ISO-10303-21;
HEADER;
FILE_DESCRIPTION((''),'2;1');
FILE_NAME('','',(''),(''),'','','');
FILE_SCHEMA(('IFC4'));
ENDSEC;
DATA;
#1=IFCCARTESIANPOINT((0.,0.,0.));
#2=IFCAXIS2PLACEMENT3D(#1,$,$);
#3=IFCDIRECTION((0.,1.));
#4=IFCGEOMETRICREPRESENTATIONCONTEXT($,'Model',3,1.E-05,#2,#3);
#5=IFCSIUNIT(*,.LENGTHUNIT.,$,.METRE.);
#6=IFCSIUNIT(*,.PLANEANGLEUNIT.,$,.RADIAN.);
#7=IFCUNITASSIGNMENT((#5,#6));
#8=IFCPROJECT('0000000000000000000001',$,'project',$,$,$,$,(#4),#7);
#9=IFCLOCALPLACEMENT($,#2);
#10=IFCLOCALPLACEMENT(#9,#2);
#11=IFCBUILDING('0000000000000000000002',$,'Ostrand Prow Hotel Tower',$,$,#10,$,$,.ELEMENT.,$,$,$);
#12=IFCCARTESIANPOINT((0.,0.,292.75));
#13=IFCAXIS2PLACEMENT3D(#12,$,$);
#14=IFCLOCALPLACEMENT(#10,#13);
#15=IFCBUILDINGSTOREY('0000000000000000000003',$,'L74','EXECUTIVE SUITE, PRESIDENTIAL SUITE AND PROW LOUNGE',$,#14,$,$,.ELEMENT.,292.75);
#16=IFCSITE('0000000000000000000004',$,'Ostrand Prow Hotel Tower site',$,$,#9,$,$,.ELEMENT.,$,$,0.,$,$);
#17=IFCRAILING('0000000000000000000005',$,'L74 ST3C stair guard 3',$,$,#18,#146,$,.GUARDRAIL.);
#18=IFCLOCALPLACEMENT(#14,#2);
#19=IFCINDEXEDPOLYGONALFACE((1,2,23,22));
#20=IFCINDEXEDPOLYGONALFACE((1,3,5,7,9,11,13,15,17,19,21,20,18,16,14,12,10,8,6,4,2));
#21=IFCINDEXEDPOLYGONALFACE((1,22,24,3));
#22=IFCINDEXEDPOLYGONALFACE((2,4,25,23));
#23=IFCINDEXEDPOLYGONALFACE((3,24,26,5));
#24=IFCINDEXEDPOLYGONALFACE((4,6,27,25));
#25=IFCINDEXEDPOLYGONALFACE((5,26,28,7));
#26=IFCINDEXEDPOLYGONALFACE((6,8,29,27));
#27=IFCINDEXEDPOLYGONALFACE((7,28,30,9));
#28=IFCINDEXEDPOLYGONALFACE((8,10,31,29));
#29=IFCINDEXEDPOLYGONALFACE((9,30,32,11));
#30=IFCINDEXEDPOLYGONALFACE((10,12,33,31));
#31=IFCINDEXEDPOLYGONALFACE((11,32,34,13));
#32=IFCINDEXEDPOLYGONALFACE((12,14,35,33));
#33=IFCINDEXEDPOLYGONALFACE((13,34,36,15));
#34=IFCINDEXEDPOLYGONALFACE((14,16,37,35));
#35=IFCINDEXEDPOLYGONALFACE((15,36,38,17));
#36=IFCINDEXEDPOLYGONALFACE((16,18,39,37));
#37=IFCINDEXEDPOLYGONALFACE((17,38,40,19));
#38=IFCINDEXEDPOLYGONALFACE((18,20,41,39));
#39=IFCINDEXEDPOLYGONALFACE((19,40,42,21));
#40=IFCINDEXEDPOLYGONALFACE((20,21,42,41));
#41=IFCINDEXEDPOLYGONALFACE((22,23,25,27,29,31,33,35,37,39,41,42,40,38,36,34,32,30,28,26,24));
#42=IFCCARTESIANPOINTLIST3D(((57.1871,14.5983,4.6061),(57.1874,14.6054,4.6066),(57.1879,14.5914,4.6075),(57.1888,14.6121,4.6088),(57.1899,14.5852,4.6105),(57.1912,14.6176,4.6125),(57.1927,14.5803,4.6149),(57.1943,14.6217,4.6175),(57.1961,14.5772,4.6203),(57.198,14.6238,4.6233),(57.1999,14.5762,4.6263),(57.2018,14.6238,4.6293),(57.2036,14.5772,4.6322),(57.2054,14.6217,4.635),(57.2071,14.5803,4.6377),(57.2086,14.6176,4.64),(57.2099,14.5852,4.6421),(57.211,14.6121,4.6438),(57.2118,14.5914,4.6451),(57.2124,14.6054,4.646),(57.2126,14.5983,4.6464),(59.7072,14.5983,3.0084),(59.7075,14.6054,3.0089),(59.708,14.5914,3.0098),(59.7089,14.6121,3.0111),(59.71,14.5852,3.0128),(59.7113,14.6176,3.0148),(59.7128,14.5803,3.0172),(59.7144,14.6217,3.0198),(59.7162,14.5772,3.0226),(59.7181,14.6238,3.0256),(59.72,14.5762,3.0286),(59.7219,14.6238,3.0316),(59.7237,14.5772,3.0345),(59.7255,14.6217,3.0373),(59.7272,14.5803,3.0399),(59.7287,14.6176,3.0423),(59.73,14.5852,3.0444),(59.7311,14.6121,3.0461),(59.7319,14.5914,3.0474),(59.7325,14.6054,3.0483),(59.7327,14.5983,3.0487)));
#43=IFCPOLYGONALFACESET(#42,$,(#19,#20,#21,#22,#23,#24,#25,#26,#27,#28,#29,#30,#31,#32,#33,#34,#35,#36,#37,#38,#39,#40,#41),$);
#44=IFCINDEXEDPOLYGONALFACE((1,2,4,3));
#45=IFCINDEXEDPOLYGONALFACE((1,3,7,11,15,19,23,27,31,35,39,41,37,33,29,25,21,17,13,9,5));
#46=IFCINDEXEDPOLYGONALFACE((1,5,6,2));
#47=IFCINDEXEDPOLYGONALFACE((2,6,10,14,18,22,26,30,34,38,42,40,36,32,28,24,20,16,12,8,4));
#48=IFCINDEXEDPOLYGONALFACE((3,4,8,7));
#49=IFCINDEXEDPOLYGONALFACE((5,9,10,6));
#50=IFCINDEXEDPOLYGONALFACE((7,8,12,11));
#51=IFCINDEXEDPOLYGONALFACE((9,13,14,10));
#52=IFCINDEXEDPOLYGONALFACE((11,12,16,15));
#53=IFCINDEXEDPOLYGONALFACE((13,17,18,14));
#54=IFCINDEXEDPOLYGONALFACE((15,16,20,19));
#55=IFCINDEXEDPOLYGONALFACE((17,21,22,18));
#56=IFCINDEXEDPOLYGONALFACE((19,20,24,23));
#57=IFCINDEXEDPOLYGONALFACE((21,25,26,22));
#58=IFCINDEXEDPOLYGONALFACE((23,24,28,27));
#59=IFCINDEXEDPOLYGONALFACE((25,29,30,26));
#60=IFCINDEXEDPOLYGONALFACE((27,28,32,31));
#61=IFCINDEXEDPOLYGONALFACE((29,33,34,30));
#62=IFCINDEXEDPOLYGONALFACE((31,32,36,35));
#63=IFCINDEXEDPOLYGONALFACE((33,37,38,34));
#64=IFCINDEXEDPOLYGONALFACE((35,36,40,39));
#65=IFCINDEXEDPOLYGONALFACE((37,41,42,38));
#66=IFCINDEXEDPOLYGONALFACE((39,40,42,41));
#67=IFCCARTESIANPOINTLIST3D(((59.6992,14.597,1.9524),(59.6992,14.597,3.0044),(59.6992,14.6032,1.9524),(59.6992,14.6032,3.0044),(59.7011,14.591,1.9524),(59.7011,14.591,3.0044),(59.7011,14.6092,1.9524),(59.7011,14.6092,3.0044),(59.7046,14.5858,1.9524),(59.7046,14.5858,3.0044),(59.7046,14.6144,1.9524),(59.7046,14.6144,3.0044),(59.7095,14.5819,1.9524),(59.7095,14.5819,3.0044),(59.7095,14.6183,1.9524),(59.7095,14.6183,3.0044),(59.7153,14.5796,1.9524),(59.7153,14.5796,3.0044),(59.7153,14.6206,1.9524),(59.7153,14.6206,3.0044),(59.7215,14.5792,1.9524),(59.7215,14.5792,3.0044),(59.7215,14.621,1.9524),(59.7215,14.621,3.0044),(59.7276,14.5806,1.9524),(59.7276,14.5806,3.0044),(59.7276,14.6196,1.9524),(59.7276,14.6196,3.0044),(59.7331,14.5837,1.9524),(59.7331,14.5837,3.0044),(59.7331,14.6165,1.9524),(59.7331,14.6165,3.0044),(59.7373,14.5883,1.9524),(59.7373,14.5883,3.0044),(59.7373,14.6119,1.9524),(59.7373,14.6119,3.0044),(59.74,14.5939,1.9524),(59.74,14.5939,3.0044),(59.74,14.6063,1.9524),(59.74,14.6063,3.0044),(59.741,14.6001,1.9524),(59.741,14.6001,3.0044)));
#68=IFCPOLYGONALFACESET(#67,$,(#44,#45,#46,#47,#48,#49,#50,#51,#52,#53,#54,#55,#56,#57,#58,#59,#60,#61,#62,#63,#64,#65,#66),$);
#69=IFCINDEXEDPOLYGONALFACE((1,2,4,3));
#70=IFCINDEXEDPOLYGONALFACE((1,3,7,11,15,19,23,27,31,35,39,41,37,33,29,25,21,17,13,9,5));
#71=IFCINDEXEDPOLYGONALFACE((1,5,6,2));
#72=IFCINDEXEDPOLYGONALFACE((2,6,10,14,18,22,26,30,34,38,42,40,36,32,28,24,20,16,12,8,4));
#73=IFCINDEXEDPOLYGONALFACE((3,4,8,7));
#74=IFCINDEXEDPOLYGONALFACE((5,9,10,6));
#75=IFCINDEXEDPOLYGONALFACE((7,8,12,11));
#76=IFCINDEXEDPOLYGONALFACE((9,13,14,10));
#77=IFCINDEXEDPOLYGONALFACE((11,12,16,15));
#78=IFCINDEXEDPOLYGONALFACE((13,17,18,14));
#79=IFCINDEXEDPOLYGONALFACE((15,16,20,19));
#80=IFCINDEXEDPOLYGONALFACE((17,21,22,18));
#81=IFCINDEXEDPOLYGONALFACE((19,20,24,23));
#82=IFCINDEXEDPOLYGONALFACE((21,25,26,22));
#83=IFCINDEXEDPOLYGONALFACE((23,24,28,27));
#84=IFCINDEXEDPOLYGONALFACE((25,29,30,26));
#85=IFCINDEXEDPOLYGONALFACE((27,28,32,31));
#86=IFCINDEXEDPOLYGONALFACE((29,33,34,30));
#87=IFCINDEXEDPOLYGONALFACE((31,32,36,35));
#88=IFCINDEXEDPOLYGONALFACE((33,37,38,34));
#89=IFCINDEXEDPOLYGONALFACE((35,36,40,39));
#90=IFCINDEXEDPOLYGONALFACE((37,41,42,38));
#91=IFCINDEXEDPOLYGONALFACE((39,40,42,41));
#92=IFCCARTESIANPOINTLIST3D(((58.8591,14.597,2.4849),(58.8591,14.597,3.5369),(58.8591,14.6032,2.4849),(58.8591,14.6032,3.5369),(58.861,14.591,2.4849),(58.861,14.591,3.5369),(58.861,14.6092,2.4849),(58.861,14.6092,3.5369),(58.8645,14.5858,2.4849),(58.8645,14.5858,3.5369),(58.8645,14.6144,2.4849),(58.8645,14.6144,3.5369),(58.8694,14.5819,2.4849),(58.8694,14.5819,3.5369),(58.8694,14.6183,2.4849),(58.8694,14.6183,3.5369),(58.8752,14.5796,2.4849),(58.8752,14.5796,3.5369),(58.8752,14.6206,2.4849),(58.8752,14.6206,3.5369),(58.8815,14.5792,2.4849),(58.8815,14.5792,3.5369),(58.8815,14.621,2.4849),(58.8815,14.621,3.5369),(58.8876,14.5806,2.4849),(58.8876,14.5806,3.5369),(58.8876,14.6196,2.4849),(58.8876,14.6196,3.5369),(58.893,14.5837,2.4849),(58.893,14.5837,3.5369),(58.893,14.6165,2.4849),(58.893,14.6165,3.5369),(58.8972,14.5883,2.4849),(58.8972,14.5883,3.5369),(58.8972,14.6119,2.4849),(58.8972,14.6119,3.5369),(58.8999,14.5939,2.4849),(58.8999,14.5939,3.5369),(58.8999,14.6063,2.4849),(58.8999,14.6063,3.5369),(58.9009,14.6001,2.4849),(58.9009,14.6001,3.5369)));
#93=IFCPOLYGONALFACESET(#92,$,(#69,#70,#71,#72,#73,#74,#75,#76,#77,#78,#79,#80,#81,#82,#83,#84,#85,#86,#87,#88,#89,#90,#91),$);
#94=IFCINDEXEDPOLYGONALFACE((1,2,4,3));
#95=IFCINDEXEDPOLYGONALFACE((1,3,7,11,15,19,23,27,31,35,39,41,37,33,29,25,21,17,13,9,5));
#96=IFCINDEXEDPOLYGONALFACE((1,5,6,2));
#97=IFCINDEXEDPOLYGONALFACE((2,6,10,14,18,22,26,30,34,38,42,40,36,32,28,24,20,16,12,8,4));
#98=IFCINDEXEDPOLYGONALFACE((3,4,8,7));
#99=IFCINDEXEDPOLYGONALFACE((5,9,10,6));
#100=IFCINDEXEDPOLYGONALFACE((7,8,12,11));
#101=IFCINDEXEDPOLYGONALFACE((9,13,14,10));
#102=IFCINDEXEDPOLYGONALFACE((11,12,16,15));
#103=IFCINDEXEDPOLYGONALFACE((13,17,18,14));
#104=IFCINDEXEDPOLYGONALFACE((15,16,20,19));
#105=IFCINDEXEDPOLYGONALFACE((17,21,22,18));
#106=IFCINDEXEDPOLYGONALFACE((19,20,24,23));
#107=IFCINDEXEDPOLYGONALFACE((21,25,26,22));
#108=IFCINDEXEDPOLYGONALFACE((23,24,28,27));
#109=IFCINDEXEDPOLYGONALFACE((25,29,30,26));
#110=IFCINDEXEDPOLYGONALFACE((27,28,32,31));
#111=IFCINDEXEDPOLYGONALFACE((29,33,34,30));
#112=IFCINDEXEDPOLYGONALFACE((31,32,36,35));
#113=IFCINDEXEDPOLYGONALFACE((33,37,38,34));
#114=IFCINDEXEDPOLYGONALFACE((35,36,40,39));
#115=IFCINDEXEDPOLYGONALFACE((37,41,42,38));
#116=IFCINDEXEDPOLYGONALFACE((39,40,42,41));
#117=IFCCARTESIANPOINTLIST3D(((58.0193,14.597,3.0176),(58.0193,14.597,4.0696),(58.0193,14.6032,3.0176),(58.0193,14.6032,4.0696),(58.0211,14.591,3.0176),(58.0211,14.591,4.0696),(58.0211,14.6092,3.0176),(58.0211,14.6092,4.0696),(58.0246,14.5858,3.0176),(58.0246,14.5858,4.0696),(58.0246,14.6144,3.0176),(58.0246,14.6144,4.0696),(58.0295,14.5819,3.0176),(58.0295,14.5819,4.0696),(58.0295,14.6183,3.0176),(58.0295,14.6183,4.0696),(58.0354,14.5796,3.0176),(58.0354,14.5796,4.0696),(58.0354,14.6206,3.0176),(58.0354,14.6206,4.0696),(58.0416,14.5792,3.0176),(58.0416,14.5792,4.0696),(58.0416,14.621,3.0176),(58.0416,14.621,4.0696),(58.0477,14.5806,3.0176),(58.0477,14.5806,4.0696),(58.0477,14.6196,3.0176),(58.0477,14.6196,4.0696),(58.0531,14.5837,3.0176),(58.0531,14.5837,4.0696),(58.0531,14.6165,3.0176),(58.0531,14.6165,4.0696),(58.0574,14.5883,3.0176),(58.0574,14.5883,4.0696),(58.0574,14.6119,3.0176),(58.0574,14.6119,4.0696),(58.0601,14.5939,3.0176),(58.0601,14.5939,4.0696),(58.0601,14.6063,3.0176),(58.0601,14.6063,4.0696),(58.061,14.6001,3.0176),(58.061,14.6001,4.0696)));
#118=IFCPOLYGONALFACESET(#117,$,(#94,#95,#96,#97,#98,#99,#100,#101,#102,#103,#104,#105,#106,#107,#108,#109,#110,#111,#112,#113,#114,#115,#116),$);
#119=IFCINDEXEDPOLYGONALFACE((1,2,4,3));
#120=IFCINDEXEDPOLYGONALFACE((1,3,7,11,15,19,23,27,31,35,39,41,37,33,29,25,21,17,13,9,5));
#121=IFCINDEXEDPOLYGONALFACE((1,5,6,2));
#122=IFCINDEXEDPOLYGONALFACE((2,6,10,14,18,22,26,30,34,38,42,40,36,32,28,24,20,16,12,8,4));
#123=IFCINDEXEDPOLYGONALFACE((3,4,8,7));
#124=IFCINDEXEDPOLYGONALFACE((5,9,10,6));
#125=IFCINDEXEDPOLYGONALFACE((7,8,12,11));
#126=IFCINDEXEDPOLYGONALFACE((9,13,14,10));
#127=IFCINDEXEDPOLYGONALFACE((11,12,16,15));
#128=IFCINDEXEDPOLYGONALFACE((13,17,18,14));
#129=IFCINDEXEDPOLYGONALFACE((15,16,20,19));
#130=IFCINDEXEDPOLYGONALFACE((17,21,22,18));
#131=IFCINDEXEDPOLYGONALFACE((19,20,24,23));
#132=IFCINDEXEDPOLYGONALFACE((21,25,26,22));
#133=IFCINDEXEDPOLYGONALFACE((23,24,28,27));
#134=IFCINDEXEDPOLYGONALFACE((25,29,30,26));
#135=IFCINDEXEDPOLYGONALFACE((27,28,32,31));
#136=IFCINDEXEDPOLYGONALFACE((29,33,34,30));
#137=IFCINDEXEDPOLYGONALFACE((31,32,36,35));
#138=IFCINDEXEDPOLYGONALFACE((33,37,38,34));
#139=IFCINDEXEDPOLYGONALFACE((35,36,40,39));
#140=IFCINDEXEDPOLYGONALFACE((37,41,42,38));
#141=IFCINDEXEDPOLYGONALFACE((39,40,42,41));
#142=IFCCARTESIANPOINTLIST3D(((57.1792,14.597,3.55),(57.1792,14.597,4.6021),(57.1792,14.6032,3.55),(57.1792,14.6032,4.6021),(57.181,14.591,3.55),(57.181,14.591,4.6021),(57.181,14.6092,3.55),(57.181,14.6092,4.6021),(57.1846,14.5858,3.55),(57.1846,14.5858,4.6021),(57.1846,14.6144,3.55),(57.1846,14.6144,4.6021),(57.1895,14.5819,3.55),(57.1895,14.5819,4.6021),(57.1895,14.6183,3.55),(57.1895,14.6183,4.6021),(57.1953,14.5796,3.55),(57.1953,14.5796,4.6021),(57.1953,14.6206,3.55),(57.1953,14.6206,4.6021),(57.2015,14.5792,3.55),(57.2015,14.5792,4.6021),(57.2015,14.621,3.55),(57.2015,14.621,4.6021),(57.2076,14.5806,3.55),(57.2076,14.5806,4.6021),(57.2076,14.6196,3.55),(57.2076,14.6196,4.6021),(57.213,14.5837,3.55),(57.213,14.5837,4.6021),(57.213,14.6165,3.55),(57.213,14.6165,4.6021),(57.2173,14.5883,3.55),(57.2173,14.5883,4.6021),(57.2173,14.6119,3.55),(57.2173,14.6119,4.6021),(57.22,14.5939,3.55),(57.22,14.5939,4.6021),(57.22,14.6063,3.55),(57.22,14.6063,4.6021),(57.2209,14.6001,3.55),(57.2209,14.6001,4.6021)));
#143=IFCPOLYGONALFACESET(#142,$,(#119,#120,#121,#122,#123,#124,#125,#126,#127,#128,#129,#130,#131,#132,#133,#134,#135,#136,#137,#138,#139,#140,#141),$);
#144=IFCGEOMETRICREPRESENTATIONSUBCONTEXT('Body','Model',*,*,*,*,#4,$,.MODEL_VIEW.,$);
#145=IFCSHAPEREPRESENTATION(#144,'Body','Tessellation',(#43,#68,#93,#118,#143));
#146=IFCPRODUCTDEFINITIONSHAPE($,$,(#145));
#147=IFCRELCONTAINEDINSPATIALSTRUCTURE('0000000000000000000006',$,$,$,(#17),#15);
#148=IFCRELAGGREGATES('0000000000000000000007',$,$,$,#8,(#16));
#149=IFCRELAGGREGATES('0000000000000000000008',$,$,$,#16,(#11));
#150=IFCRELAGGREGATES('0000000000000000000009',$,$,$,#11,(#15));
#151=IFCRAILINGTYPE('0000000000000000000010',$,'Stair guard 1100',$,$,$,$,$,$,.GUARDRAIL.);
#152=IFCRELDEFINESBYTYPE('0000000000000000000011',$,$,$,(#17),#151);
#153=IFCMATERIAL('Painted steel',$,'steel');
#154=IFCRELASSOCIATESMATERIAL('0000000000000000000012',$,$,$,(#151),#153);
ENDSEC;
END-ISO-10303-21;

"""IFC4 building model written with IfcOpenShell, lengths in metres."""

from ifc_helpers import new_model, si_unit, direction, frame, origin, origin_2d, place, context, subcontext, project, spatial, circle, extrude, material, type_object, element, save


model = new_model("IFC4")

# Units and contexts
model_context = context("Model", 3, precision=1e-05, world=origin(), true_north=direction((0.0, 1.0)))
body_context = subcontext(model_context, "Body", "Model", "MODEL_VIEW")
ifc_project = project(units=[si_unit("LENGTHUNIT", "METRE"), si_unit("PLANEANGLEUNIT", "RADIAN")], contexts=[model_context])

# Site, building, storey
site_placement = place(None, origin())
site = spatial("IfcSite", under=ifc_project, at=site_placement, Name="Ostrand Prow Hotel Tower site", CompositionType="ELEMENT", RefElevation=0.0)
building_placement = place(site_placement, origin())
building = spatial("IfcBuilding", under=site, at=building_placement, Name="Ostrand Prow Hotel Tower", CompositionType="ELEMENT")
storey_placement = place(building_placement, frame((0.0, 0.0, 292.75)))
storey = spatial("IfcBuildingStorey", under=building, at=storey_placement, Name="L74", Description="EXECUTIVE SUITE, PRESIDENTIAL SUITE AND PROW LOUNGE", CompositionType="ELEMENT", Elevation=292.75)

# Railing
ifc_material_1 = material(Name="Painted steel", Category="steel")
railing_type_1 = type_object("IfcRailingType", Name="Stair guard 1100", PredefinedType="GUARDRAIL", material=ifc_material_1)
railing_1_placement = place(storey_placement, frame((59.72, 14.6001, 1.9524)))
element("IfcRailing", 1, at=railing_1_placement, inside=storey, type_object=railing_type_1, Name="L74 ST3C stair guard 3", PredefinedType="GUARDRAIL", context=body_context, shape_type="SweptSolid", body=[
    extrude(circle(Radius=0.0239, at=origin_2d()), frame((0.0, 0.0, 1.0762), z_axis=(-0.84457, 0.0, 0.535445), x_axis=(0.0, -1.0, 0.0)), (0.0, 0.0, 1.0), 2.9839),
    extrude(circle(Radius=0.021, at=origin_2d()), origin(), (0.0, 0.0, 1.0), 1.052),
    extrude(circle(Radius=0.021, at=origin_2d()), frame((-0.8401, 0.0, 0.5325)), (0.0, 0.0, 1.0), 1.052),
    extrude(circle(Radius=0.021, at=origin_2d()), frame((-1.6799, 0.0, 1.0652)), (0.0, 0.0, 1.0), 1.052),
    extrude(circle(Radius=0.021, at=origin_2d()), frame((-2.52, 0.0, 1.5977)), (0.0, 0.0, 1.0), 1.052),
])

save(model, "model.ifc")
